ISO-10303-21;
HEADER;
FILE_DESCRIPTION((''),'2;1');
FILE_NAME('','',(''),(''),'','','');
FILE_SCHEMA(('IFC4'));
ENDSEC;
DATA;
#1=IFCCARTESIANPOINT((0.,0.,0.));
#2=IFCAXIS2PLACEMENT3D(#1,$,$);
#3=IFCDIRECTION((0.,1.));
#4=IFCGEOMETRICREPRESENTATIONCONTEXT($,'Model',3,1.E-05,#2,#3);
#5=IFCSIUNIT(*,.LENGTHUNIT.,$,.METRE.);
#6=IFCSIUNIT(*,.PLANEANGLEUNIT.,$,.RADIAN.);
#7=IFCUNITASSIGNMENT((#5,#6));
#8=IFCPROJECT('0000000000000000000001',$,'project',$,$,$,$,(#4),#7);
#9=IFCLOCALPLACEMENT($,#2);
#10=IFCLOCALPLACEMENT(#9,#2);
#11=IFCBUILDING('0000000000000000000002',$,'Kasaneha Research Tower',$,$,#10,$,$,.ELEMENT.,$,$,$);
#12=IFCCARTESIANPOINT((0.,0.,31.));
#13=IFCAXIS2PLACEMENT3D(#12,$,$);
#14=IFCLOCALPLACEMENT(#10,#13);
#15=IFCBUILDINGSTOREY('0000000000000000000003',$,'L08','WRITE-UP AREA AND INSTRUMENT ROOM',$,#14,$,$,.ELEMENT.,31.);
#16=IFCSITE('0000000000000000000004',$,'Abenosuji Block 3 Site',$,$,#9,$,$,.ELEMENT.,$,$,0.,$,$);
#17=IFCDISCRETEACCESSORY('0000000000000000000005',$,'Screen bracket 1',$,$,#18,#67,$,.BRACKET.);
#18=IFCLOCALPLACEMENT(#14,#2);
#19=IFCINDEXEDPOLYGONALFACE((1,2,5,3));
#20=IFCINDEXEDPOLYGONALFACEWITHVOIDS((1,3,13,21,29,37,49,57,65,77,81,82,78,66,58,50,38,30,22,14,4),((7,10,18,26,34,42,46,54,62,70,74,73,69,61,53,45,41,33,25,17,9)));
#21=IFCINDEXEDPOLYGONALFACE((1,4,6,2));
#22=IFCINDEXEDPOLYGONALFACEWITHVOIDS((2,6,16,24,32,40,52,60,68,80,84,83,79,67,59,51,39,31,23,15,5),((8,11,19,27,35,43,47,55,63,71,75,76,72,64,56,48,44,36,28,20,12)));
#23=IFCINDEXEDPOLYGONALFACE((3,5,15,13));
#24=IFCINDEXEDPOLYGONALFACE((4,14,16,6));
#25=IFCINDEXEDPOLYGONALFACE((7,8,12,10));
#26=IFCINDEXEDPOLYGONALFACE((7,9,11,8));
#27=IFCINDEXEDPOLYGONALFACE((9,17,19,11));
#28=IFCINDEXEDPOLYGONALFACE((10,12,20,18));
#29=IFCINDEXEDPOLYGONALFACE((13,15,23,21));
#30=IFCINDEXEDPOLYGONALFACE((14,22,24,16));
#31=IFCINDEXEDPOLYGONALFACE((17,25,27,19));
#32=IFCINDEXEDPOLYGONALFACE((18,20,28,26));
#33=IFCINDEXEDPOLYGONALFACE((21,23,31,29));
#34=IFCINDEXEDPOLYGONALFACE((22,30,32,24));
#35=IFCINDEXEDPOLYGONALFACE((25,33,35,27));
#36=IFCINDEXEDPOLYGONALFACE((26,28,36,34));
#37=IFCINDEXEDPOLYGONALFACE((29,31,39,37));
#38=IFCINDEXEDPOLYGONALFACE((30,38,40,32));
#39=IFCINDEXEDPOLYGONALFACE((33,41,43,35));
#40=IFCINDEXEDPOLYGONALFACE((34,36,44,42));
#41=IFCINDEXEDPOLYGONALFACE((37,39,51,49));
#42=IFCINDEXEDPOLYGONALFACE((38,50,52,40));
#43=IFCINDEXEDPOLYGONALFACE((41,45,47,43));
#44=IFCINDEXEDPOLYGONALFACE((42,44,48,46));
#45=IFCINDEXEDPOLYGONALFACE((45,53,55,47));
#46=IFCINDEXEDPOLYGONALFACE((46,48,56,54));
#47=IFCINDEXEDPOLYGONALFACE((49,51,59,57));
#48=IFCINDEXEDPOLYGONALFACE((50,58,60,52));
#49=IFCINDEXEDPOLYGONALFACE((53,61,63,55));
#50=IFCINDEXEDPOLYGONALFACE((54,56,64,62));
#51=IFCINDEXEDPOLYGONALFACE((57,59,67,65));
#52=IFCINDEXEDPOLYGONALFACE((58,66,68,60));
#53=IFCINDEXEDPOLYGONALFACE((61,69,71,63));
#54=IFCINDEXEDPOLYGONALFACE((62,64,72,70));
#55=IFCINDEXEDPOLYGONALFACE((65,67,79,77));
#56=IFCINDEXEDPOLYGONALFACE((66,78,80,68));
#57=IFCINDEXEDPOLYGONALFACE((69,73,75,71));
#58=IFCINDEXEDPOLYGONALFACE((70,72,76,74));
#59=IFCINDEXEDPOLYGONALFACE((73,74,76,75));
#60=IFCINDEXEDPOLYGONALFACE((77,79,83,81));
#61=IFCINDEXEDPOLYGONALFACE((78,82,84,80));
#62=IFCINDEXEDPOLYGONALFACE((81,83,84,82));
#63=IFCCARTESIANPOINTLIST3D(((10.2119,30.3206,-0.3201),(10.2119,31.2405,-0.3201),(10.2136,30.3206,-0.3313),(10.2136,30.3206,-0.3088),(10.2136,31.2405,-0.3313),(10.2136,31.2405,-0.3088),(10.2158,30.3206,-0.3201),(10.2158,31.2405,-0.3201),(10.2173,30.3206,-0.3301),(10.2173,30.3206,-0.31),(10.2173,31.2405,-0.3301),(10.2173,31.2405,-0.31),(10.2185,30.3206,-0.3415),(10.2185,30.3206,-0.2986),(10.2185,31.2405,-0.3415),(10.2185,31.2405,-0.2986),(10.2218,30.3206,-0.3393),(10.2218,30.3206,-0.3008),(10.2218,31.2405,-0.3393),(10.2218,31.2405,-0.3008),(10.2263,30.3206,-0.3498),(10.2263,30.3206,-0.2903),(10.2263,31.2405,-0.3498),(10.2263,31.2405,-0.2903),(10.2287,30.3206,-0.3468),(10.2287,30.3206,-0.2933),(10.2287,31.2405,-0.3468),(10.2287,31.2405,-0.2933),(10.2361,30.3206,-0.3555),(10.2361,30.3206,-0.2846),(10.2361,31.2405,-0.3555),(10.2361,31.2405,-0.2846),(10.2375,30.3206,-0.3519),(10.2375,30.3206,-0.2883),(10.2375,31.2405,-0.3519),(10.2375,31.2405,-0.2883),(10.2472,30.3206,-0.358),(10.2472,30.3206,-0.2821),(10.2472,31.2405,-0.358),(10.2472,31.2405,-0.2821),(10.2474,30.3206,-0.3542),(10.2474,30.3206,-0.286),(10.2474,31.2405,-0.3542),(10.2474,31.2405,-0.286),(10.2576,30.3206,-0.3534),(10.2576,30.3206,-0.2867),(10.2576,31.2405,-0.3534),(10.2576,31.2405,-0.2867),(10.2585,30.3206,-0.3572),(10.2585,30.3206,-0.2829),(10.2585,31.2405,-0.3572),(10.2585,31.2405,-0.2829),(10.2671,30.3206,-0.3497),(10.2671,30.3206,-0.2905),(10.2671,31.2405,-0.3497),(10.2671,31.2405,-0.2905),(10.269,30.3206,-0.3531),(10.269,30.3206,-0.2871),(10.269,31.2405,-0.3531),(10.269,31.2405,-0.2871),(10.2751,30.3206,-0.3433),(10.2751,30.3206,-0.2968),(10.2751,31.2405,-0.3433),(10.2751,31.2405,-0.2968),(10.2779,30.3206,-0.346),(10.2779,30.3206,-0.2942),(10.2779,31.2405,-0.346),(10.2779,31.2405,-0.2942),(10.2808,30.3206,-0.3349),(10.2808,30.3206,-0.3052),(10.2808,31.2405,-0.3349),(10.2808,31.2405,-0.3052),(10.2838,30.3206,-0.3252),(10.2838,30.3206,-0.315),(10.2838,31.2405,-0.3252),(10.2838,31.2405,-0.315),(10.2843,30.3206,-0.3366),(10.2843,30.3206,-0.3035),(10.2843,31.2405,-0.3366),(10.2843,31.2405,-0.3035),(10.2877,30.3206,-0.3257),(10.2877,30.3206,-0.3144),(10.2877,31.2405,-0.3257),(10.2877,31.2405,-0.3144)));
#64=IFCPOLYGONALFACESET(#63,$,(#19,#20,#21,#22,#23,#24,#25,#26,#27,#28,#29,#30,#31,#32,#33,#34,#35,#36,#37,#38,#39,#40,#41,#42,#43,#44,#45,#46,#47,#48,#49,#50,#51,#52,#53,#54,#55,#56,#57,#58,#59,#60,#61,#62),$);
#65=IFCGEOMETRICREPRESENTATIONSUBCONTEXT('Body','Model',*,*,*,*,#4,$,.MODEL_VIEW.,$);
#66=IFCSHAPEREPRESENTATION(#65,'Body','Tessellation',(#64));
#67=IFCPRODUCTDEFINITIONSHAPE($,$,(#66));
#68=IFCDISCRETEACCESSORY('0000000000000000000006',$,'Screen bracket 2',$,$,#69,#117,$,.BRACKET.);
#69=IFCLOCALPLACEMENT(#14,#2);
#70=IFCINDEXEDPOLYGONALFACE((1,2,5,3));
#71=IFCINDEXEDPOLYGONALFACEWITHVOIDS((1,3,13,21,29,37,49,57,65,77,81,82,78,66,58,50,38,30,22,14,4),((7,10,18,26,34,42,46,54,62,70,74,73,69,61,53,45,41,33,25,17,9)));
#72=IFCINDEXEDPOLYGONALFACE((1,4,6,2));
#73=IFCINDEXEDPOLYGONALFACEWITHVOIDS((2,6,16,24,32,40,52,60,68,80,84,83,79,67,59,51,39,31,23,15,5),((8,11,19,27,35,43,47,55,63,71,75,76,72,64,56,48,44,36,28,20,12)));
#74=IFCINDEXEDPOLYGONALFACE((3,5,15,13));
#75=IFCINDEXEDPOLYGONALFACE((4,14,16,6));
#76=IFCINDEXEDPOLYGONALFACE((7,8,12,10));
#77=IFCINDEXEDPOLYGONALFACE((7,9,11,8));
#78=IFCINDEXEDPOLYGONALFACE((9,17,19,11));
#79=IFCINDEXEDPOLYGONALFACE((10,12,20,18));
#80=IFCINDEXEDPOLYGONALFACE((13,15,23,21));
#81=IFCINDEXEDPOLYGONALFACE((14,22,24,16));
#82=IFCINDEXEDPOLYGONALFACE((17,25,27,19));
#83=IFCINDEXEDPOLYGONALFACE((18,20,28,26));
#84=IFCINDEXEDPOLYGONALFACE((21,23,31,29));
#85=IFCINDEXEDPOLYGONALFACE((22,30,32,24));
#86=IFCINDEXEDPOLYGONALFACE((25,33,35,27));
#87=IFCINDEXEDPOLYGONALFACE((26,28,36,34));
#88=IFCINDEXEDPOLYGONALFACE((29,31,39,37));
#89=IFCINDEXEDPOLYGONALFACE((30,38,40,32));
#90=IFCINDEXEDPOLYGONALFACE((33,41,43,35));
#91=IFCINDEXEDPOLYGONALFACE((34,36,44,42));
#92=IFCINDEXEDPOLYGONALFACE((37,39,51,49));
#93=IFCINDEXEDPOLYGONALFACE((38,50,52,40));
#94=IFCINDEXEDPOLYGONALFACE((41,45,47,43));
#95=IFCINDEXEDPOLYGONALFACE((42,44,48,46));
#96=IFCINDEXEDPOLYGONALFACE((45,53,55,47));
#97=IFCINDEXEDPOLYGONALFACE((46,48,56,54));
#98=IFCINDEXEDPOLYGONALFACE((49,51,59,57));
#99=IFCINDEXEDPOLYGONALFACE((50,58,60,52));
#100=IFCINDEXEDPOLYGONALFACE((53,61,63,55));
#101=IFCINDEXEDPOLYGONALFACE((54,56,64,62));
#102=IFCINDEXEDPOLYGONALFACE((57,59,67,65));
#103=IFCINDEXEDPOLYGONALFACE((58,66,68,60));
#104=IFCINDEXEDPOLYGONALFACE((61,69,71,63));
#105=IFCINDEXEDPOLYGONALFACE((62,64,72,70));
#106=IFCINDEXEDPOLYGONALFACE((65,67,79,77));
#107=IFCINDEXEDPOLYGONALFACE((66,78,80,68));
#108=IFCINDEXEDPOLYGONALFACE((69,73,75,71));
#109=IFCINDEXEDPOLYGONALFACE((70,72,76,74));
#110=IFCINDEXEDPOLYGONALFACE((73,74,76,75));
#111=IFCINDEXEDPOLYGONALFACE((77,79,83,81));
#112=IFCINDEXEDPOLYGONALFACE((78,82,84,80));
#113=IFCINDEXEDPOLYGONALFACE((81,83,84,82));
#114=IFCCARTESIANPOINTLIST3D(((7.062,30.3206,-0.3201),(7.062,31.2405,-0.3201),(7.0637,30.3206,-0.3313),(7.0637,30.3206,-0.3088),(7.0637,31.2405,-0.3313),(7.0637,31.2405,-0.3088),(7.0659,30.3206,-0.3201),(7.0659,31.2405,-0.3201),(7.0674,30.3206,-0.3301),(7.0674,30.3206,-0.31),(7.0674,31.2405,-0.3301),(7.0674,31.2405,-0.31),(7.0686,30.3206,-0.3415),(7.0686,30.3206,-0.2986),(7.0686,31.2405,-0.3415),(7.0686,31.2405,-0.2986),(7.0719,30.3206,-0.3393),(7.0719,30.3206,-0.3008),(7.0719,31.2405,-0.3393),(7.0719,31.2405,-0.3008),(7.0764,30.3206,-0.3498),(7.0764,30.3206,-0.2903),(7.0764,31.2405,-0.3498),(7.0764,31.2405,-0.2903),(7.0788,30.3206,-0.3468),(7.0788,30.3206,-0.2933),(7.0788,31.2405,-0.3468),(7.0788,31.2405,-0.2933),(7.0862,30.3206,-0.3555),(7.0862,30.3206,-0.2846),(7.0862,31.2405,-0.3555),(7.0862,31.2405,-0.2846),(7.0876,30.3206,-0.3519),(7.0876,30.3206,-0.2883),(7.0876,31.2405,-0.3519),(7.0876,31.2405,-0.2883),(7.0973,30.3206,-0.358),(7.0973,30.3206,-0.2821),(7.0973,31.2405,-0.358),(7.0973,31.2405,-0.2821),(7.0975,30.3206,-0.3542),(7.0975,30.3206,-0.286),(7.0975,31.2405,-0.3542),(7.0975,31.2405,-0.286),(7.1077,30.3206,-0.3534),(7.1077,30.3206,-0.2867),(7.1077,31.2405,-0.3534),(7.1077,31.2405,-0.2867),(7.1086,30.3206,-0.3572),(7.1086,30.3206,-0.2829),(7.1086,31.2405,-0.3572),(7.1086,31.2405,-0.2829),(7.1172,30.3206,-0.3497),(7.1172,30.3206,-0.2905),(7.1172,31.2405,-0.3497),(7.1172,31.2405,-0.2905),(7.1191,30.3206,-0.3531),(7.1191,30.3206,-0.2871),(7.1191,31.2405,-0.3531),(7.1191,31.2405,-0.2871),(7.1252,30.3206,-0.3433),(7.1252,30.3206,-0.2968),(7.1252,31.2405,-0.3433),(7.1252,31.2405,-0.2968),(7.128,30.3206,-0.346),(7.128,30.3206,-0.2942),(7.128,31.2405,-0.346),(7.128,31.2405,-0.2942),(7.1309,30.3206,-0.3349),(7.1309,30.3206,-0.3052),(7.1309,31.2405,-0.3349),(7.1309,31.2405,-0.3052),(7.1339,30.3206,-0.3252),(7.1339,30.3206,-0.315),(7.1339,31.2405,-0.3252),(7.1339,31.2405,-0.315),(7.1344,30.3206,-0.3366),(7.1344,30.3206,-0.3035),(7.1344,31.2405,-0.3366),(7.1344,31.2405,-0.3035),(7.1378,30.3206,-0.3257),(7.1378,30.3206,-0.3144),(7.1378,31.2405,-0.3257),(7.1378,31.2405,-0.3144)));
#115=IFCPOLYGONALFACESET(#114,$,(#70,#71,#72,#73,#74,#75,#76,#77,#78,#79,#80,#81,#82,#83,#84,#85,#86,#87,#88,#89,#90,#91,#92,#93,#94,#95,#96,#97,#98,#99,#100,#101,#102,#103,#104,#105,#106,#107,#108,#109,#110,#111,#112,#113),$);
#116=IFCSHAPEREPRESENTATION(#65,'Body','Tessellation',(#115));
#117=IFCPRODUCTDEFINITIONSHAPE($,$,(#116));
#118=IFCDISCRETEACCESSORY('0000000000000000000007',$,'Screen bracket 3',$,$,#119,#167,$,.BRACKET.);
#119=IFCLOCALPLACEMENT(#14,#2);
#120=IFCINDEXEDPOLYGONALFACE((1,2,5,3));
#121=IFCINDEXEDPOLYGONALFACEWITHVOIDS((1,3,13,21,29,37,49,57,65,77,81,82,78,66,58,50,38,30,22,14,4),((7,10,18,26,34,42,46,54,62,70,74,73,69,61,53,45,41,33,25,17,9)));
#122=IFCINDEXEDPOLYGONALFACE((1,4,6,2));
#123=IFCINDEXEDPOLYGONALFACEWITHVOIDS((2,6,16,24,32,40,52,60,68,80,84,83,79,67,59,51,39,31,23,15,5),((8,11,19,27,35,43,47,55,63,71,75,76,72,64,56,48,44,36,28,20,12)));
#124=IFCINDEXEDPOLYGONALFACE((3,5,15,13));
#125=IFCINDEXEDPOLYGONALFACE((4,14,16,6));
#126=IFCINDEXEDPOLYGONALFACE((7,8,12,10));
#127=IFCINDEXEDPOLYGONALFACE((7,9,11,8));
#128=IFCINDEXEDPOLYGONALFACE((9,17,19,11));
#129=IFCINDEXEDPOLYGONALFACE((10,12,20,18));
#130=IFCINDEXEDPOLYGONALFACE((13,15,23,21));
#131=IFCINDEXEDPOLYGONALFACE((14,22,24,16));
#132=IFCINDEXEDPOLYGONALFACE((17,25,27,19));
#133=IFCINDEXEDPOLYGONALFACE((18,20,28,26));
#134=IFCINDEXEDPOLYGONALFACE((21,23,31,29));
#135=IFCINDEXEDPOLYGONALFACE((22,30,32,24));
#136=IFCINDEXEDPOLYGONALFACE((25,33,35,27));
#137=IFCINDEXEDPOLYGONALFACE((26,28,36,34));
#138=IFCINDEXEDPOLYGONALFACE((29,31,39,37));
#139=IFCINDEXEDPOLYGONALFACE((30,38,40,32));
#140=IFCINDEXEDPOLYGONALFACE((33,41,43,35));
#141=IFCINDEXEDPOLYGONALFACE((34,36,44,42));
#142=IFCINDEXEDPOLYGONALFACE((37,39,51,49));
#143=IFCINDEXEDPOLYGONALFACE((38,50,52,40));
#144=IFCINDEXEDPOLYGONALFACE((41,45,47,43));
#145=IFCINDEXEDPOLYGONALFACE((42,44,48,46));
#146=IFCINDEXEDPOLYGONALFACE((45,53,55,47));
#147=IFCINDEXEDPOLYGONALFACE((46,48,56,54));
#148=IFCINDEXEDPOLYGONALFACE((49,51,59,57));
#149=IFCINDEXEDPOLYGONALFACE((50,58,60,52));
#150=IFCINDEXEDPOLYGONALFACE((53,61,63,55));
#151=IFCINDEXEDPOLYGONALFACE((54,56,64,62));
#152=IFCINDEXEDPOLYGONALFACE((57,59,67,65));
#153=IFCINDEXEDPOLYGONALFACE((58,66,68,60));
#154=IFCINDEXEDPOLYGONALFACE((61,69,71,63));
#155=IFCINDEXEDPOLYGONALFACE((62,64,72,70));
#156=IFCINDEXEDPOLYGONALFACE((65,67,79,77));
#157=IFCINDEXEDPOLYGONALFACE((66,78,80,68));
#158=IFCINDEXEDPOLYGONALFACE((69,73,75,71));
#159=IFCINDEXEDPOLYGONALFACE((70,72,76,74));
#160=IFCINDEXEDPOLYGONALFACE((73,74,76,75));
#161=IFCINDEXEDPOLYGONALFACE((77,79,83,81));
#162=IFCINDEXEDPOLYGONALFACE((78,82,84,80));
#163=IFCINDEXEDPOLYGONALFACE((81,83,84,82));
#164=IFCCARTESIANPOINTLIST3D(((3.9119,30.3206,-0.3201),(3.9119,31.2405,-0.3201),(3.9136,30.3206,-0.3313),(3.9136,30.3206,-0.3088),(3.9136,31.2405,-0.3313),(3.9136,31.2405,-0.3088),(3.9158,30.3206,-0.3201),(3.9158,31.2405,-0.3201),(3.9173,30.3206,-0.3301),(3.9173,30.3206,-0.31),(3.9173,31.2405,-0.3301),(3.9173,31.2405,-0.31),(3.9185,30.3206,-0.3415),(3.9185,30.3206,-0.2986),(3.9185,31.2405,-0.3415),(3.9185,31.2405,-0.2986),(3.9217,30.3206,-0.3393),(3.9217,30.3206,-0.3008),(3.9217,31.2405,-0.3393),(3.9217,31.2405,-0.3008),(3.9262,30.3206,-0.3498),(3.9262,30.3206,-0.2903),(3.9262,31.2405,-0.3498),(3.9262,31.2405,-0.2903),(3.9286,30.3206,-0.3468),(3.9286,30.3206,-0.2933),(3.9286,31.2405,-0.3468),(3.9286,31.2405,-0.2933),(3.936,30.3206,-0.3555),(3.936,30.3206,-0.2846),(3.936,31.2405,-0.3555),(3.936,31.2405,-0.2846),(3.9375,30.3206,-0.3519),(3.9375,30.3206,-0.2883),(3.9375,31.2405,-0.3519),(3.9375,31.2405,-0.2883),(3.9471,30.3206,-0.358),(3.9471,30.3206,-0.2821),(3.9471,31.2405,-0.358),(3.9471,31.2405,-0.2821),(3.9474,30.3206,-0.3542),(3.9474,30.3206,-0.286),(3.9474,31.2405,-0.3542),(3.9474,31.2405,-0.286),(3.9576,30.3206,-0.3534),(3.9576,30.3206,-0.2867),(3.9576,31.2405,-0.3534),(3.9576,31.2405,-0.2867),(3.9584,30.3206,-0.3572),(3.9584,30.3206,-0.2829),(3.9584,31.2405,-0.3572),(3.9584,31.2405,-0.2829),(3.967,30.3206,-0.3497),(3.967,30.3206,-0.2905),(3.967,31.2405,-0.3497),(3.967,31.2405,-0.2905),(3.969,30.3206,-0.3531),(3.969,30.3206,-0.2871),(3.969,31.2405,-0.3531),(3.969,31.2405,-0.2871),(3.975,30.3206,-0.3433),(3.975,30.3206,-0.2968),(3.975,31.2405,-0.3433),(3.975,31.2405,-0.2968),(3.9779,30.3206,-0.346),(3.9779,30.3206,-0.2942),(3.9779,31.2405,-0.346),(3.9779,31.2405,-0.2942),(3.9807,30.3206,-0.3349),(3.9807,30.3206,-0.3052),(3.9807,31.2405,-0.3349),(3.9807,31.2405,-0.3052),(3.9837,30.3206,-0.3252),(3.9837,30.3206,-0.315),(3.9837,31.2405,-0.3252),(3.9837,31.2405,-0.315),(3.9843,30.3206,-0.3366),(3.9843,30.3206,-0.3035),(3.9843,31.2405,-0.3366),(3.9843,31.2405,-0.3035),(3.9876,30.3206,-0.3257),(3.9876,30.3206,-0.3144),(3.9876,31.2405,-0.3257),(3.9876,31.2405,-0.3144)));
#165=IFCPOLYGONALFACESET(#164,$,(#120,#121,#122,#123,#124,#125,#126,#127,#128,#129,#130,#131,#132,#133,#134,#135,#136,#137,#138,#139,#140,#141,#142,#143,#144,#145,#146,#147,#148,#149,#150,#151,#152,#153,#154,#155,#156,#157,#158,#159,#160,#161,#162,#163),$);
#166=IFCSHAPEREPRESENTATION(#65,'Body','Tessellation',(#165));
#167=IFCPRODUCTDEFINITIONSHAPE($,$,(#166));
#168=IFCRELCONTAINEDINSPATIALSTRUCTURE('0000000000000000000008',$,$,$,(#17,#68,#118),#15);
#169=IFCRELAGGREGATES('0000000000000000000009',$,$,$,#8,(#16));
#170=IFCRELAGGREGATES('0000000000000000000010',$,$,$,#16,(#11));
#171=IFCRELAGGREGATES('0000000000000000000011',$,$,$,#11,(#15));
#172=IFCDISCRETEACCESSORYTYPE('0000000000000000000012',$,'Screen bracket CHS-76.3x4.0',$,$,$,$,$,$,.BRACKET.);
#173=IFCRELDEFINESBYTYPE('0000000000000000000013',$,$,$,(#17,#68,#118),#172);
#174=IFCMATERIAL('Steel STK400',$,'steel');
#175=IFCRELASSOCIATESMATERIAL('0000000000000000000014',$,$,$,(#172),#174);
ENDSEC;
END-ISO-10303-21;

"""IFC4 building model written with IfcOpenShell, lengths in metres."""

from ifc_helpers import new_model, si_unit, direction, frame, origin, origin_2d, place, context, subcontext, project, spatial, hollow_circle, extrude, material, material_profile, profile_set, type_object, element, save


model = new_model("IFC4")

# Units and contexts
model_context = context("Model", 3, precision=1e-05, world=origin(), true_north=direction((0.0, 1.0)))
body_context = subcontext(model_context, "Body", "Model", "MODEL_VIEW")
ifc_project = project(units=[si_unit("LENGTHUNIT", "METRE"), si_unit("PLANEANGLEUNIT", "RADIAN")], contexts=[model_context])

# Site, building, storey
site_placement = place(None, origin())
site = spatial("IfcSite", under=ifc_project, at=site_placement, Name="Abenosuji Block 3 Site", CompositionType="ELEMENT", RefElevation=0.0)
building_placement = place(site_placement, origin())
building = spatial("IfcBuilding", under=site, at=building_placement, Name="Kasaneha Research Tower", CompositionType="ELEMENT")
storey_placement = place(building_placement, frame((0.0, 0.0, 31.0)))
storey = spatial("IfcBuildingStorey", under=building, at=storey_placement, Name="L08", Description="WRITE-UP AREA AND INSTRUMENT ROOM", CompositionType="ELEMENT", Elevation=31.0)

# Discrete accessories
ifc_material_1 = material(Name="Steel STK400", Category="steel")
ifc_material_profile_1 = material_profile(ifc_material_1, hollow_circle(Radius=0.0381, WallThickness=0.0039, at=origin_2d()), Name="CHS-76.3x4.0")
ifc_profile_set_1 = profile_set([ifc_material_profile_1], Name="Steel STK400")
discrete_accessory_type = type_object("IfcDiscreteAccessoryType", Name="Screen bracket CHS-76.3x4.0", PredefinedType="BRACKET", material=ifc_profile_set_1)
for number, where, z_axis, x_axis, name in (
    (1, (10.25, 30.3206, -0.3201), (0.0, 1.0, 0.0), (-1.0, 0.0, 0.0), "Screen bracket 1"),
    (2, (7.1001, 30.3206, -0.3201), (0.0, 1.0, 0.0), (-1.0, 0.0, 0.0), "Screen bracket 2"),
    (3, (3.95, 30.3206, -0.3201), (0.0, 1.0, 0.0), (-1.0, 0.0, 0.0), "Screen bracket 3"),
):
    element("IfcDiscreteAccessory", number, at=place(storey_placement, frame(where, z_axis=z_axis, x_axis=x_axis)), inside=storey, type_object=discrete_accessory_type, Name=name, PredefinedType="BRACKET", context=body_context, shape_type="SweptSolid", body=[
        extrude(hollow_circle(Radius=0.0381, WallThickness=0.0039, at=origin_2d()), origin(), (0.0, 0.0, 1.0), 0.9199),
    ])

save(model, "model.ifc")
